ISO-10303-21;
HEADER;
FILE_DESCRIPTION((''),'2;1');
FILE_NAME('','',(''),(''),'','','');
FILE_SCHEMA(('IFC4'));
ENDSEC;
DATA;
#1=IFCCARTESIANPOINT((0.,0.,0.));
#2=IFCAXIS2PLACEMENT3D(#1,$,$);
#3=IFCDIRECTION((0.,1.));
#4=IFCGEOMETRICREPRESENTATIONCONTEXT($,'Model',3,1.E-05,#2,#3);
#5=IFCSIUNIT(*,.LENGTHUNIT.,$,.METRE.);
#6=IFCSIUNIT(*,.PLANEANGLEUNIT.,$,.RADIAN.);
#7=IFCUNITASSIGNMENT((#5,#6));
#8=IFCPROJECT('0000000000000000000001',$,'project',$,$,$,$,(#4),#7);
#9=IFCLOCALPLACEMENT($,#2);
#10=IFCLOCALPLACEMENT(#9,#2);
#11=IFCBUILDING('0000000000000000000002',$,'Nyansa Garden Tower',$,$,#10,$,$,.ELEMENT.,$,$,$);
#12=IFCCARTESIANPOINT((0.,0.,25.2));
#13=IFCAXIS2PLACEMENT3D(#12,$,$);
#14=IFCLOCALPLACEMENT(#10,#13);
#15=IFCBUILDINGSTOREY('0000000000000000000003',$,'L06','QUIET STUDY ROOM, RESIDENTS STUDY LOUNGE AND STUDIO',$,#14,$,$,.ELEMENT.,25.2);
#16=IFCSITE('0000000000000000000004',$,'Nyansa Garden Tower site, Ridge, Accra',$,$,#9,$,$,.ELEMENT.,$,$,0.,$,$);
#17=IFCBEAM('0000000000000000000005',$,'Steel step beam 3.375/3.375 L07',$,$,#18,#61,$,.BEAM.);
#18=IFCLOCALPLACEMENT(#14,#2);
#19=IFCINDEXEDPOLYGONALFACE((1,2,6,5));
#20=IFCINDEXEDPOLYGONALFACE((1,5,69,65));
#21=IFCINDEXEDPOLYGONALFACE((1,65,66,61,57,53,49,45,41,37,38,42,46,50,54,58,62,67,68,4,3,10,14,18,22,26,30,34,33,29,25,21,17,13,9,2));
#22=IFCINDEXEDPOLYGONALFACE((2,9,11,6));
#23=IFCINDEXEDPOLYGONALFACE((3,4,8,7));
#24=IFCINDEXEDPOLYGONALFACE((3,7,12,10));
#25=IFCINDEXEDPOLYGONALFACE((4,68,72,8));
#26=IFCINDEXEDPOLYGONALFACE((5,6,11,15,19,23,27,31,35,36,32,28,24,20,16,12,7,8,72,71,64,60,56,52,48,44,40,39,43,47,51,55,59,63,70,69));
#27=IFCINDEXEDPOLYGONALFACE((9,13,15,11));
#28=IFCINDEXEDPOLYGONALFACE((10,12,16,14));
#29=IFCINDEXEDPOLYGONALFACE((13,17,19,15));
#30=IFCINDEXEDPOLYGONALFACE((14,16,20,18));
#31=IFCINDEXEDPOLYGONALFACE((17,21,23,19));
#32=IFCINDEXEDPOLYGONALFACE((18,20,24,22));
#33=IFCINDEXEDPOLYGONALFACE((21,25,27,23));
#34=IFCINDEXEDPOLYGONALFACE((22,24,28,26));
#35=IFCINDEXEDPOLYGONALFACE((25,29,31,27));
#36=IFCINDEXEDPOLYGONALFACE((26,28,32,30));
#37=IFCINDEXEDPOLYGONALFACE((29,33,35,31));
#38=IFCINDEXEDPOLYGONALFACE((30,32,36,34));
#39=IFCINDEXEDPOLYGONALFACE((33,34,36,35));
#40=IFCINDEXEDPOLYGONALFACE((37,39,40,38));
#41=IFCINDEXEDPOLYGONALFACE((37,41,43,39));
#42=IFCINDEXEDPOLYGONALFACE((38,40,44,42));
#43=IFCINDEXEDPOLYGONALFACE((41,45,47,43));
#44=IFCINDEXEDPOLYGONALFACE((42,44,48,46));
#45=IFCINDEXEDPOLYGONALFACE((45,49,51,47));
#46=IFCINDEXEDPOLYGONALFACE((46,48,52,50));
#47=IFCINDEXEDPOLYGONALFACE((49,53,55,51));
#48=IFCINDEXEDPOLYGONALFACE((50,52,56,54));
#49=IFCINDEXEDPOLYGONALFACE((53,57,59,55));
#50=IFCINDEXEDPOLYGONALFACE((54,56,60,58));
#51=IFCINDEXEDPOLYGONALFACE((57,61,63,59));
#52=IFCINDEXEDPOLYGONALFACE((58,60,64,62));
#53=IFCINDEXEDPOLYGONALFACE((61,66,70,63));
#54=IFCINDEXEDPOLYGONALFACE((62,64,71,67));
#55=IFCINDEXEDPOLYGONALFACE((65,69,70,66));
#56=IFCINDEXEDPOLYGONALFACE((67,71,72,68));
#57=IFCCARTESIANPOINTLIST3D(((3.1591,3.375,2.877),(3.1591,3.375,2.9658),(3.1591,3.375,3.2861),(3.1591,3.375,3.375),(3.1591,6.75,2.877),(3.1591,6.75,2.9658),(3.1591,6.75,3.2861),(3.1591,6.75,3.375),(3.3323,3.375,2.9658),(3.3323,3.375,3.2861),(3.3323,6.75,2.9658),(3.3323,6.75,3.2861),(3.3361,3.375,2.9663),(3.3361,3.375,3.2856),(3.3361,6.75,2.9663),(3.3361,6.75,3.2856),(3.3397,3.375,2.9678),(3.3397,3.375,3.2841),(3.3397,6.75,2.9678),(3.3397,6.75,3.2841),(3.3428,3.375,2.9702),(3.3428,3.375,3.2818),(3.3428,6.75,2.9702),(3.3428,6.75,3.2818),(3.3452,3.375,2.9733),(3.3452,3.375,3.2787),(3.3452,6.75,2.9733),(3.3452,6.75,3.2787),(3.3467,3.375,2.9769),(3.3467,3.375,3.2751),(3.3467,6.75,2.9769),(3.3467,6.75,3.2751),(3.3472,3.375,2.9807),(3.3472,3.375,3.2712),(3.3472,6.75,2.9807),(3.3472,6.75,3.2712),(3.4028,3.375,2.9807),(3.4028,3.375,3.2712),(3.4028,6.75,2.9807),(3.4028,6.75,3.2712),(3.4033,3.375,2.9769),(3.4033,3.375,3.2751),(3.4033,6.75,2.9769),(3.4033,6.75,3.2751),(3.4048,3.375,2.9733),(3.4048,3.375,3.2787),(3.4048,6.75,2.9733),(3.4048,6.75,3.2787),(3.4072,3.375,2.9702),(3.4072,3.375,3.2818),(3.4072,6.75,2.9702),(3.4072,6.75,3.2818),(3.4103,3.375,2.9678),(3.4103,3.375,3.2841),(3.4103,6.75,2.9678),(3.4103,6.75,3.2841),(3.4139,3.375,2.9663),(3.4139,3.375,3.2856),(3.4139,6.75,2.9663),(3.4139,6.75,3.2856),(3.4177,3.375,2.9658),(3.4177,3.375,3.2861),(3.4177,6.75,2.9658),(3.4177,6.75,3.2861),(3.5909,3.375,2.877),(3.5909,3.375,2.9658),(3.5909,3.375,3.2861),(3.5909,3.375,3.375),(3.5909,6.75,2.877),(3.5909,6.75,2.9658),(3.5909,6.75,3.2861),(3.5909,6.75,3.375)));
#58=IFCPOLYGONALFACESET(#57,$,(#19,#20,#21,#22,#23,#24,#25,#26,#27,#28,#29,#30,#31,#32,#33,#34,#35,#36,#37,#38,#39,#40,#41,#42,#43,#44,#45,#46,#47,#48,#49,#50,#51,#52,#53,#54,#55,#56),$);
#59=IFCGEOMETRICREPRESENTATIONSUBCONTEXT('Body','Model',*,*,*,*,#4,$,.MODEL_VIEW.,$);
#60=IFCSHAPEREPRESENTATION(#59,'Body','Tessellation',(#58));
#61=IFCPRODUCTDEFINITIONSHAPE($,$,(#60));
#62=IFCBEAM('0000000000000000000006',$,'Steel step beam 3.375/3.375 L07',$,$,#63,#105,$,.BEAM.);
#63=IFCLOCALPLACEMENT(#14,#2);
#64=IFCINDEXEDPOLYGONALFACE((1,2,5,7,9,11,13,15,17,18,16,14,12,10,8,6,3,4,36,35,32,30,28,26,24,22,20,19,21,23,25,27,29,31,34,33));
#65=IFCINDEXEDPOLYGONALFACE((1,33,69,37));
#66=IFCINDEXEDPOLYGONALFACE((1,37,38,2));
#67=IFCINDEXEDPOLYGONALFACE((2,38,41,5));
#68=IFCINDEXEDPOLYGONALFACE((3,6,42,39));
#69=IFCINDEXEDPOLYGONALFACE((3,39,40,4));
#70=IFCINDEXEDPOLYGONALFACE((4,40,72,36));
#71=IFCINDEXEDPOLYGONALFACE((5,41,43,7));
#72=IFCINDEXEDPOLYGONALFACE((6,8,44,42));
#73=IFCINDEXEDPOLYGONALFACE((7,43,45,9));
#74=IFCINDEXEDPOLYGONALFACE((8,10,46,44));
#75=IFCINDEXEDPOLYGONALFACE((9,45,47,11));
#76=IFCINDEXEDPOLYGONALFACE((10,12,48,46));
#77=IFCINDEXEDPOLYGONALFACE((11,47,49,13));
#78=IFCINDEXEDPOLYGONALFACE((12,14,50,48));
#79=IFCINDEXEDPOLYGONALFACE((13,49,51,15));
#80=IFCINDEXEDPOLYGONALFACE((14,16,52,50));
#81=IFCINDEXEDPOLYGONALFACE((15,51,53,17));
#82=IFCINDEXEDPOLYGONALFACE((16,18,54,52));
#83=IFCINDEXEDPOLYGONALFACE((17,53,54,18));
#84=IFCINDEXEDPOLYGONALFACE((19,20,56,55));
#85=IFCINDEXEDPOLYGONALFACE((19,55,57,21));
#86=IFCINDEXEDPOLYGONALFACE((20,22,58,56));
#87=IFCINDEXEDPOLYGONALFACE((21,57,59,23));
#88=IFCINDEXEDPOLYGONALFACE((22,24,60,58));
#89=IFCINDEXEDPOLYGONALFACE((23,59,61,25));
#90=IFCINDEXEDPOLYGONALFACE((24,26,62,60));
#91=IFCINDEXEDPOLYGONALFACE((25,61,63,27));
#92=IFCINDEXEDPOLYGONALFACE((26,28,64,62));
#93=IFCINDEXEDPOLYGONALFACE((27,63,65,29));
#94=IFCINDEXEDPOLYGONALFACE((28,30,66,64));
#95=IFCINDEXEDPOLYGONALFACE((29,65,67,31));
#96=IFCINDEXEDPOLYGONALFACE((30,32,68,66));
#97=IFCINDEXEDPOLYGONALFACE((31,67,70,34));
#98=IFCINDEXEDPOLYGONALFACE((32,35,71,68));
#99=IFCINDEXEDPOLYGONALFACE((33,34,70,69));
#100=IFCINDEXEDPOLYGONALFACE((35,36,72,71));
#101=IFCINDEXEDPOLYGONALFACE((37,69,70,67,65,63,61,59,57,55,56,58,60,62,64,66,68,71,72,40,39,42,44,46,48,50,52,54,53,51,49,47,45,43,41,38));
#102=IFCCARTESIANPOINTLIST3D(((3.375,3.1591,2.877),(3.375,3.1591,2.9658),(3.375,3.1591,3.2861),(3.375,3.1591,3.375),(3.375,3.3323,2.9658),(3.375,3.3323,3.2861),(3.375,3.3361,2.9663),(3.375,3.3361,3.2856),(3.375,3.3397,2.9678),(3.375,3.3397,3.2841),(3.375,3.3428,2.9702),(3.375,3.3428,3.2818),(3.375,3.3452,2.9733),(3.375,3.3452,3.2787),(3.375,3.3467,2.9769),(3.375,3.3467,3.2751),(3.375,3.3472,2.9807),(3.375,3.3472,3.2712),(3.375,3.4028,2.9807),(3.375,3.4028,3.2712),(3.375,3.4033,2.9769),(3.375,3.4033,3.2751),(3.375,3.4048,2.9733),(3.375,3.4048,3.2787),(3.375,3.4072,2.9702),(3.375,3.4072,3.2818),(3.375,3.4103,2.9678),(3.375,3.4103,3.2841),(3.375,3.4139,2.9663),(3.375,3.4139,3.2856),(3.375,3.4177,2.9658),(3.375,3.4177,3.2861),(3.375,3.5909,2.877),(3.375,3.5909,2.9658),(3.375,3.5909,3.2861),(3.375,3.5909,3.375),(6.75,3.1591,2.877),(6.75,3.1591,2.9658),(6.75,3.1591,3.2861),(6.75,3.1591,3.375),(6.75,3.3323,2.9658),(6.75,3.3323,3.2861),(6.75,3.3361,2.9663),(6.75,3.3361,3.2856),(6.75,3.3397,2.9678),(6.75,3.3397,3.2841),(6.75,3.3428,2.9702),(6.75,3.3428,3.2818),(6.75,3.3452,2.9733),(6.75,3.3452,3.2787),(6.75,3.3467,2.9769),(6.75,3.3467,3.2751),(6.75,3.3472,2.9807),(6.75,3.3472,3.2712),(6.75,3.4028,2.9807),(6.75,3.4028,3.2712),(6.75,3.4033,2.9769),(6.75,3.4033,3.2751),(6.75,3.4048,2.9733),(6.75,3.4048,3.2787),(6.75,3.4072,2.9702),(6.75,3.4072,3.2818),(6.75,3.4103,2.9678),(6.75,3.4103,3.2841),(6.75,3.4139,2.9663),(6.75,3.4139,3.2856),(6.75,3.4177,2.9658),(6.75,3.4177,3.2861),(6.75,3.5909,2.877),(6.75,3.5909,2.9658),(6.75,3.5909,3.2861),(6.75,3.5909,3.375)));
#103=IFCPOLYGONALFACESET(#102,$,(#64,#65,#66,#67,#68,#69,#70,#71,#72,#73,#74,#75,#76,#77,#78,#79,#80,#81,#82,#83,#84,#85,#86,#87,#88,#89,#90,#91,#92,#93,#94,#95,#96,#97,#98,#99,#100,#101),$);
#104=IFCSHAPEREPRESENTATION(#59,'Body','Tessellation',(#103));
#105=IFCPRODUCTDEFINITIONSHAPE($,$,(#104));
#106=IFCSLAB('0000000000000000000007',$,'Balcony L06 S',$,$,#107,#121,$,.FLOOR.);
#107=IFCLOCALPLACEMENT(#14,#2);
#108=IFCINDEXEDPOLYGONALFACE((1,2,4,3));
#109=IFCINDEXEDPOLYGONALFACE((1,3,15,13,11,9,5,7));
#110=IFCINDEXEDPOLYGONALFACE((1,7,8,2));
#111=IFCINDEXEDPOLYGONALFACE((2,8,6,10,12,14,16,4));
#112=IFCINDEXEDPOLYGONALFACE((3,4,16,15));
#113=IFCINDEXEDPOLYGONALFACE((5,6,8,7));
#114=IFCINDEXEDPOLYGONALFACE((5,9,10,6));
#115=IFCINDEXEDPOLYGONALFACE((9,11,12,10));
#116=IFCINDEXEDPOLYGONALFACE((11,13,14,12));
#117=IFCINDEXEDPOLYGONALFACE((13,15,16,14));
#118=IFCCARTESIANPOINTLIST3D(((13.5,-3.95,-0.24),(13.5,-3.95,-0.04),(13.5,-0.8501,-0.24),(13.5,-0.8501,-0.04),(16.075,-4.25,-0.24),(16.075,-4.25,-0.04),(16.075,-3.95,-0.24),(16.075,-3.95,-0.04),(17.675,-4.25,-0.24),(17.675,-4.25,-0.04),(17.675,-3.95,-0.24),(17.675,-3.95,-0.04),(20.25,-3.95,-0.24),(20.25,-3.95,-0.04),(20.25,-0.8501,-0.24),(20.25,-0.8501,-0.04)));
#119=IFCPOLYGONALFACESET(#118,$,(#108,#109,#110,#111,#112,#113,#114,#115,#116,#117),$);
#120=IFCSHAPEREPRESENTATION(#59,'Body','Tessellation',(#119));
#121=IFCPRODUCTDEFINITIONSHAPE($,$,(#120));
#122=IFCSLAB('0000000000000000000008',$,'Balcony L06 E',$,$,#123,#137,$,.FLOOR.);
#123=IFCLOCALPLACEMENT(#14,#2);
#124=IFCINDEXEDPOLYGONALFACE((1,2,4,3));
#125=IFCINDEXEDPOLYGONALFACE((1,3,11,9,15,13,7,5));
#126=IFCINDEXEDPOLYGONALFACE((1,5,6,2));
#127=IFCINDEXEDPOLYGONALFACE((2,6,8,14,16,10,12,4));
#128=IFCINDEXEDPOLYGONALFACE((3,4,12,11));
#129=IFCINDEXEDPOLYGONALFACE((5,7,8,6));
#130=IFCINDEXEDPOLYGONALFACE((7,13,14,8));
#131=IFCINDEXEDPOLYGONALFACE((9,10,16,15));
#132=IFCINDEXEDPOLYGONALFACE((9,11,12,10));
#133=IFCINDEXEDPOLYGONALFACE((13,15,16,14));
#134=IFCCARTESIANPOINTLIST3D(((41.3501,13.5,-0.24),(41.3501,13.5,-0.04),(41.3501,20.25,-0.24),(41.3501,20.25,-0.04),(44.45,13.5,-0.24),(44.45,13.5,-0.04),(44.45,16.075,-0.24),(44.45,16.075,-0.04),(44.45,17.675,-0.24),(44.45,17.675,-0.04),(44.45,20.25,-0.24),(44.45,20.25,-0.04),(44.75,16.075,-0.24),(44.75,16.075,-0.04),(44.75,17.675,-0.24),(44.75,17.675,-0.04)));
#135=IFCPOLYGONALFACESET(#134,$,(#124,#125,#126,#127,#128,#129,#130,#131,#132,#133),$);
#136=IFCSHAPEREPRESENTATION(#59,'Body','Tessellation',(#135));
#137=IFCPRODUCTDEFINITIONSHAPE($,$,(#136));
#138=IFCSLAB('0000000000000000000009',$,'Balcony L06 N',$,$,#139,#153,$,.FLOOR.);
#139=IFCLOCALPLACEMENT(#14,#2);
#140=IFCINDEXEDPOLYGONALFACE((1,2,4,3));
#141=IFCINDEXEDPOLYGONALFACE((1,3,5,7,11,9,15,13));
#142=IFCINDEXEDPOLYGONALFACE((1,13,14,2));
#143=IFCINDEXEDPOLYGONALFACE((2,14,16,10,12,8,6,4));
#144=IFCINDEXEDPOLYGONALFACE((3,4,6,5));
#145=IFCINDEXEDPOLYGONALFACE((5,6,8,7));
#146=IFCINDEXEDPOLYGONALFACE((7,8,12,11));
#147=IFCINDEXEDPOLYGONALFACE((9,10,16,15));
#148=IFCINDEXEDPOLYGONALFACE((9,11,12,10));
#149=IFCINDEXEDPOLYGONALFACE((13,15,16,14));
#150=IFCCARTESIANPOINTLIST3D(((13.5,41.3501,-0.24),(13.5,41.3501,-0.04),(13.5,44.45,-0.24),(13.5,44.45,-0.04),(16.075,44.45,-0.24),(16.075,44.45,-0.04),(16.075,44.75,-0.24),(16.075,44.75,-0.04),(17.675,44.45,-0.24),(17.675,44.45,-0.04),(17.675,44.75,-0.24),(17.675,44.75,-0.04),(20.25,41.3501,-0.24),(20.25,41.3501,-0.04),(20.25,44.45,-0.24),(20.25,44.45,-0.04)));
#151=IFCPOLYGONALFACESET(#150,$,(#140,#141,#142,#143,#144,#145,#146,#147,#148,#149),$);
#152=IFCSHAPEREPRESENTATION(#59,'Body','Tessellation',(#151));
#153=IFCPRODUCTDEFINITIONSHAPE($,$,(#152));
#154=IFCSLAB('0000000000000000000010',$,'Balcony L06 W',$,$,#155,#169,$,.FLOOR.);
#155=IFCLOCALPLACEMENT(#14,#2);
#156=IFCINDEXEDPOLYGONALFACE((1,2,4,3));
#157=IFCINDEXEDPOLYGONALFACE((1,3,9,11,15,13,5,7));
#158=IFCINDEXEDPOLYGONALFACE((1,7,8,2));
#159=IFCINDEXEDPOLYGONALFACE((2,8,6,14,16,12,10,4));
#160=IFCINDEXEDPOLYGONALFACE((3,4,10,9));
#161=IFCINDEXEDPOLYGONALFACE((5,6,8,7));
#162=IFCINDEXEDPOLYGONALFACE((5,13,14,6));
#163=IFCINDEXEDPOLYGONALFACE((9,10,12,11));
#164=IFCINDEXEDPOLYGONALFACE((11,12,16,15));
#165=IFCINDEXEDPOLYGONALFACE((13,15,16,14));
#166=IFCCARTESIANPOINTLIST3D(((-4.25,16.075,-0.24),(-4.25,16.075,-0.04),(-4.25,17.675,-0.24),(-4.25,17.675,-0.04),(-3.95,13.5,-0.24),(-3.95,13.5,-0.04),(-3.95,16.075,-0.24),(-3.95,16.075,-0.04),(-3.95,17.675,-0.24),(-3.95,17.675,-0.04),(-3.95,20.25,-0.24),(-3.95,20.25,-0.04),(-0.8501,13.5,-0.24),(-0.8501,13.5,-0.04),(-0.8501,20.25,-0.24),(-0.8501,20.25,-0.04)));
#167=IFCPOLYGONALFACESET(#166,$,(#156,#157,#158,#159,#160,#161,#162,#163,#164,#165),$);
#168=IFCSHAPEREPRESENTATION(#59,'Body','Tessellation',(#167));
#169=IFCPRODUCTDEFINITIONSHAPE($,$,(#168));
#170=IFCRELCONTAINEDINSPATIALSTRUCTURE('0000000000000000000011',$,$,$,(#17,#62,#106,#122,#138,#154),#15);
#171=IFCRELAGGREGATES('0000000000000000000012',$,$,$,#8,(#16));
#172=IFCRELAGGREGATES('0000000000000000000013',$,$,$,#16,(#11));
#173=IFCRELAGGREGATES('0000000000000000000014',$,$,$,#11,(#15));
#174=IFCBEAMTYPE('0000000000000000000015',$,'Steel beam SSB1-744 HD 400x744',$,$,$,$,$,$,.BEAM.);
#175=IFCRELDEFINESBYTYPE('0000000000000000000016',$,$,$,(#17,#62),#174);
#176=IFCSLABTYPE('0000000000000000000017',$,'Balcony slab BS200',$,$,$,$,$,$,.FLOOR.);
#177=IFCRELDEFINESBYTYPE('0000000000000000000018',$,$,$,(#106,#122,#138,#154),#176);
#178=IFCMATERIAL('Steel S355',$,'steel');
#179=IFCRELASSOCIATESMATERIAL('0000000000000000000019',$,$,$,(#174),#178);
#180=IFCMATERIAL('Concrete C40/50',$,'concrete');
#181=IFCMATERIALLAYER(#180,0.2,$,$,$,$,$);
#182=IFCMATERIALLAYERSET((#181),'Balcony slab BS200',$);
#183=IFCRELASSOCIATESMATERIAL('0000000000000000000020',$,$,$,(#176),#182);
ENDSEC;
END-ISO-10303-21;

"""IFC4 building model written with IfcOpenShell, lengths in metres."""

from ifc_helpers import new_model, si_unit, direction, frame, origin, origin_2d, place, context, subcontext, project, spatial, polyline, i_section, outline, extrude, material, layer, layer_set, material_profile, profile_set, type_object, element, save


model = new_model("IFC4")

# Units and contexts
model_context = context("Model", 3, precision=1e-05, world=origin(), true_north=direction((0.0, 1.0)))
body_context = subcontext(model_context, "Body", "Model", "MODEL_VIEW")
ifc_project = project(units=[si_unit("LENGTHUNIT", "METRE"), si_unit("PLANEANGLEUNIT", "RADIAN")], contexts=[model_context])

# Site, building, storey
site_placement = place(None, origin())
site = spatial("IfcSite", under=ifc_project, at=site_placement, Name="Nyansa Garden Tower site, Ridge, Accra", CompositionType="ELEMENT", RefElevation=0.0)
building_placement = place(site_placement, origin())
building = spatial("IfcBuilding", under=site, at=building_placement, Name="Nyansa Garden Tower", CompositionType="ELEMENT")
storey_placement = place(building_placement, frame((0.0, 0.0, 25.2)))
storey = spatial("IfcBuildingStorey", under=building, at=storey_placement, Name="L06", Description="QUIET STUDY ROOM, RESIDENTS STUDY LOUNGE AND STUDIO", CompositionType="ELEMENT", Elevation=25.2)

# Beams
ifc_material_1 = material(Name="Steel S355", Category="steel")
ifc_material_profile_1 = material_profile(ifc_material_1, i_section(OverallWidth=0.4319, OverallDepth=0.498, WebThickness=0.0557, FlangeThickness=0.0889, FilletRadius=0.0149, at=origin_2d()), Name="HD 400x744")
ifc_profile_set_1 = profile_set([ifc_material_profile_1], Name="Steel S355")
beam_type_1 = type_object("IfcBeamType", Name="Steel beam SSB1-744 HD 400x744", PredefinedType="BEAM", material=ifc_profile_set_1)
for number, where, z_axis, x_axis, name in (
    (1, (3.375, 3.375, 3.126), (0.0, 1.0, 0.0), (-1.0, 0.0, 0.0), "Steel step beam 3.375/3.375 L07"),
    (2, (3.375, 3.375, 3.126), (1.0, 0.0, 0.0), (0.0, 1.0, 0.0), "Steel step beam 3.375/3.375 L07"),
):
    element("IfcBeam", number, at=place(storey_placement, frame(where, z_axis=z_axis, x_axis=x_axis)), inside=storey, type_object=beam_type_1, Name=name, PredefinedType="BEAM", context=body_context, shape_type="SweptSolid", body=[
        extrude(i_section(OverallWidth=0.4319, OverallDepth=0.498, WebThickness=0.0557, FlangeThickness=0.0889, FilletRadius=0.0149, at=origin_2d()), origin(), (0.0, 0.0, 1.0), 3.375),
    ])

# Slabs
ifc_material_2 = material(Name="Concrete C40/50", Category="concrete")
ifc_layer_1 = layer(ifc_material_2, 0.2)
ifc_layer_set_1 = layer_set([ifc_layer_1], Name="Balcony slab BS200")
slab_type_1 = type_object("IfcSlabType", Name="Balcony slab BS200", PredefinedType="FLOOR", material=ifc_layer_set_1)
slab_1_placement = place(storey_placement, frame((0.0, 0.0, -0.24)))
element("IfcSlab", 3, at=slab_1_placement, inside=storey, type_object=slab_type_1, Name="Balcony L06 S", PredefinedType="FLOOR", context=body_context, shape_type="SweptSolid", body=[
    extrude(outline(polyline([(13.5, -0.8501), (20.25, -0.8501), (20.25, -3.95), (17.675, -3.95), (17.675, -4.25), (16.075, -4.25), (16.075, -3.95), (13.5, -3.95), (13.5, -0.8501)])), origin(), (0.0, 0.0, 1.0), 0.2),
])
slab_2_placement = place(storey_placement, frame((0.0, 0.0, -0.24)))
element("IfcSlab", 4, at=slab_2_placement, inside=storey, type_object=slab_type_1, Name="Balcony L06 E", PredefinedType="FLOOR", context=body_context, shape_type="SweptSolid", body=[
    extrude(outline(polyline([(41.3501, 13.5), (41.3501, 20.25), (44.45, 20.25), (44.45, 17.675), (44.75, 17.675), (44.75, 16.075), (44.45, 16.075), (44.45, 13.5), (41.3501, 13.5)])), origin(), (0.0, 0.0, 1.0), 0.2),
])
slab_3_placement = place(storey_placement, frame((0.0, 0.0, -0.24)))
element("IfcSlab", 5, at=slab_3_placement, inside=storey, type_object=slab_type_1, Name="Balcony L06 N", PredefinedType="FLOOR", context=body_context, shape_type="SweptSolid", body=[
    extrude(outline(polyline([(13.5, 41.3501), (20.25, 41.3501), (20.25, 44.45), (17.675, 44.45), (17.675, 44.75), (16.075, 44.75), (16.075, 44.45), (13.5, 44.45), (13.5, 41.3501)])), origin(), (0.0, 0.0, 1.0), 0.2),
])
slab_4_placement = place(storey_placement, frame((0.0, 0.0, -0.24)))
element("IfcSlab", 6, at=slab_4_placement, inside=storey, type_object=slab_type_1, Name="Balcony L06 W", PredefinedType="FLOOR", context=body_context, shape_type="SweptSolid", body=[
    extrude(outline(polyline([(-0.8501, 13.5), (-0.8501, 20.25), (-3.95, 20.25), (-3.95, 17.675), (-4.25, 17.675), (-4.25, 16.075), (-3.95, 16.075), (-3.95, 13.5), (-0.8501, 13.5)])), origin(), (0.0, 0.0, 1.0), 0.2),
])

save(model, "model.ifc")
